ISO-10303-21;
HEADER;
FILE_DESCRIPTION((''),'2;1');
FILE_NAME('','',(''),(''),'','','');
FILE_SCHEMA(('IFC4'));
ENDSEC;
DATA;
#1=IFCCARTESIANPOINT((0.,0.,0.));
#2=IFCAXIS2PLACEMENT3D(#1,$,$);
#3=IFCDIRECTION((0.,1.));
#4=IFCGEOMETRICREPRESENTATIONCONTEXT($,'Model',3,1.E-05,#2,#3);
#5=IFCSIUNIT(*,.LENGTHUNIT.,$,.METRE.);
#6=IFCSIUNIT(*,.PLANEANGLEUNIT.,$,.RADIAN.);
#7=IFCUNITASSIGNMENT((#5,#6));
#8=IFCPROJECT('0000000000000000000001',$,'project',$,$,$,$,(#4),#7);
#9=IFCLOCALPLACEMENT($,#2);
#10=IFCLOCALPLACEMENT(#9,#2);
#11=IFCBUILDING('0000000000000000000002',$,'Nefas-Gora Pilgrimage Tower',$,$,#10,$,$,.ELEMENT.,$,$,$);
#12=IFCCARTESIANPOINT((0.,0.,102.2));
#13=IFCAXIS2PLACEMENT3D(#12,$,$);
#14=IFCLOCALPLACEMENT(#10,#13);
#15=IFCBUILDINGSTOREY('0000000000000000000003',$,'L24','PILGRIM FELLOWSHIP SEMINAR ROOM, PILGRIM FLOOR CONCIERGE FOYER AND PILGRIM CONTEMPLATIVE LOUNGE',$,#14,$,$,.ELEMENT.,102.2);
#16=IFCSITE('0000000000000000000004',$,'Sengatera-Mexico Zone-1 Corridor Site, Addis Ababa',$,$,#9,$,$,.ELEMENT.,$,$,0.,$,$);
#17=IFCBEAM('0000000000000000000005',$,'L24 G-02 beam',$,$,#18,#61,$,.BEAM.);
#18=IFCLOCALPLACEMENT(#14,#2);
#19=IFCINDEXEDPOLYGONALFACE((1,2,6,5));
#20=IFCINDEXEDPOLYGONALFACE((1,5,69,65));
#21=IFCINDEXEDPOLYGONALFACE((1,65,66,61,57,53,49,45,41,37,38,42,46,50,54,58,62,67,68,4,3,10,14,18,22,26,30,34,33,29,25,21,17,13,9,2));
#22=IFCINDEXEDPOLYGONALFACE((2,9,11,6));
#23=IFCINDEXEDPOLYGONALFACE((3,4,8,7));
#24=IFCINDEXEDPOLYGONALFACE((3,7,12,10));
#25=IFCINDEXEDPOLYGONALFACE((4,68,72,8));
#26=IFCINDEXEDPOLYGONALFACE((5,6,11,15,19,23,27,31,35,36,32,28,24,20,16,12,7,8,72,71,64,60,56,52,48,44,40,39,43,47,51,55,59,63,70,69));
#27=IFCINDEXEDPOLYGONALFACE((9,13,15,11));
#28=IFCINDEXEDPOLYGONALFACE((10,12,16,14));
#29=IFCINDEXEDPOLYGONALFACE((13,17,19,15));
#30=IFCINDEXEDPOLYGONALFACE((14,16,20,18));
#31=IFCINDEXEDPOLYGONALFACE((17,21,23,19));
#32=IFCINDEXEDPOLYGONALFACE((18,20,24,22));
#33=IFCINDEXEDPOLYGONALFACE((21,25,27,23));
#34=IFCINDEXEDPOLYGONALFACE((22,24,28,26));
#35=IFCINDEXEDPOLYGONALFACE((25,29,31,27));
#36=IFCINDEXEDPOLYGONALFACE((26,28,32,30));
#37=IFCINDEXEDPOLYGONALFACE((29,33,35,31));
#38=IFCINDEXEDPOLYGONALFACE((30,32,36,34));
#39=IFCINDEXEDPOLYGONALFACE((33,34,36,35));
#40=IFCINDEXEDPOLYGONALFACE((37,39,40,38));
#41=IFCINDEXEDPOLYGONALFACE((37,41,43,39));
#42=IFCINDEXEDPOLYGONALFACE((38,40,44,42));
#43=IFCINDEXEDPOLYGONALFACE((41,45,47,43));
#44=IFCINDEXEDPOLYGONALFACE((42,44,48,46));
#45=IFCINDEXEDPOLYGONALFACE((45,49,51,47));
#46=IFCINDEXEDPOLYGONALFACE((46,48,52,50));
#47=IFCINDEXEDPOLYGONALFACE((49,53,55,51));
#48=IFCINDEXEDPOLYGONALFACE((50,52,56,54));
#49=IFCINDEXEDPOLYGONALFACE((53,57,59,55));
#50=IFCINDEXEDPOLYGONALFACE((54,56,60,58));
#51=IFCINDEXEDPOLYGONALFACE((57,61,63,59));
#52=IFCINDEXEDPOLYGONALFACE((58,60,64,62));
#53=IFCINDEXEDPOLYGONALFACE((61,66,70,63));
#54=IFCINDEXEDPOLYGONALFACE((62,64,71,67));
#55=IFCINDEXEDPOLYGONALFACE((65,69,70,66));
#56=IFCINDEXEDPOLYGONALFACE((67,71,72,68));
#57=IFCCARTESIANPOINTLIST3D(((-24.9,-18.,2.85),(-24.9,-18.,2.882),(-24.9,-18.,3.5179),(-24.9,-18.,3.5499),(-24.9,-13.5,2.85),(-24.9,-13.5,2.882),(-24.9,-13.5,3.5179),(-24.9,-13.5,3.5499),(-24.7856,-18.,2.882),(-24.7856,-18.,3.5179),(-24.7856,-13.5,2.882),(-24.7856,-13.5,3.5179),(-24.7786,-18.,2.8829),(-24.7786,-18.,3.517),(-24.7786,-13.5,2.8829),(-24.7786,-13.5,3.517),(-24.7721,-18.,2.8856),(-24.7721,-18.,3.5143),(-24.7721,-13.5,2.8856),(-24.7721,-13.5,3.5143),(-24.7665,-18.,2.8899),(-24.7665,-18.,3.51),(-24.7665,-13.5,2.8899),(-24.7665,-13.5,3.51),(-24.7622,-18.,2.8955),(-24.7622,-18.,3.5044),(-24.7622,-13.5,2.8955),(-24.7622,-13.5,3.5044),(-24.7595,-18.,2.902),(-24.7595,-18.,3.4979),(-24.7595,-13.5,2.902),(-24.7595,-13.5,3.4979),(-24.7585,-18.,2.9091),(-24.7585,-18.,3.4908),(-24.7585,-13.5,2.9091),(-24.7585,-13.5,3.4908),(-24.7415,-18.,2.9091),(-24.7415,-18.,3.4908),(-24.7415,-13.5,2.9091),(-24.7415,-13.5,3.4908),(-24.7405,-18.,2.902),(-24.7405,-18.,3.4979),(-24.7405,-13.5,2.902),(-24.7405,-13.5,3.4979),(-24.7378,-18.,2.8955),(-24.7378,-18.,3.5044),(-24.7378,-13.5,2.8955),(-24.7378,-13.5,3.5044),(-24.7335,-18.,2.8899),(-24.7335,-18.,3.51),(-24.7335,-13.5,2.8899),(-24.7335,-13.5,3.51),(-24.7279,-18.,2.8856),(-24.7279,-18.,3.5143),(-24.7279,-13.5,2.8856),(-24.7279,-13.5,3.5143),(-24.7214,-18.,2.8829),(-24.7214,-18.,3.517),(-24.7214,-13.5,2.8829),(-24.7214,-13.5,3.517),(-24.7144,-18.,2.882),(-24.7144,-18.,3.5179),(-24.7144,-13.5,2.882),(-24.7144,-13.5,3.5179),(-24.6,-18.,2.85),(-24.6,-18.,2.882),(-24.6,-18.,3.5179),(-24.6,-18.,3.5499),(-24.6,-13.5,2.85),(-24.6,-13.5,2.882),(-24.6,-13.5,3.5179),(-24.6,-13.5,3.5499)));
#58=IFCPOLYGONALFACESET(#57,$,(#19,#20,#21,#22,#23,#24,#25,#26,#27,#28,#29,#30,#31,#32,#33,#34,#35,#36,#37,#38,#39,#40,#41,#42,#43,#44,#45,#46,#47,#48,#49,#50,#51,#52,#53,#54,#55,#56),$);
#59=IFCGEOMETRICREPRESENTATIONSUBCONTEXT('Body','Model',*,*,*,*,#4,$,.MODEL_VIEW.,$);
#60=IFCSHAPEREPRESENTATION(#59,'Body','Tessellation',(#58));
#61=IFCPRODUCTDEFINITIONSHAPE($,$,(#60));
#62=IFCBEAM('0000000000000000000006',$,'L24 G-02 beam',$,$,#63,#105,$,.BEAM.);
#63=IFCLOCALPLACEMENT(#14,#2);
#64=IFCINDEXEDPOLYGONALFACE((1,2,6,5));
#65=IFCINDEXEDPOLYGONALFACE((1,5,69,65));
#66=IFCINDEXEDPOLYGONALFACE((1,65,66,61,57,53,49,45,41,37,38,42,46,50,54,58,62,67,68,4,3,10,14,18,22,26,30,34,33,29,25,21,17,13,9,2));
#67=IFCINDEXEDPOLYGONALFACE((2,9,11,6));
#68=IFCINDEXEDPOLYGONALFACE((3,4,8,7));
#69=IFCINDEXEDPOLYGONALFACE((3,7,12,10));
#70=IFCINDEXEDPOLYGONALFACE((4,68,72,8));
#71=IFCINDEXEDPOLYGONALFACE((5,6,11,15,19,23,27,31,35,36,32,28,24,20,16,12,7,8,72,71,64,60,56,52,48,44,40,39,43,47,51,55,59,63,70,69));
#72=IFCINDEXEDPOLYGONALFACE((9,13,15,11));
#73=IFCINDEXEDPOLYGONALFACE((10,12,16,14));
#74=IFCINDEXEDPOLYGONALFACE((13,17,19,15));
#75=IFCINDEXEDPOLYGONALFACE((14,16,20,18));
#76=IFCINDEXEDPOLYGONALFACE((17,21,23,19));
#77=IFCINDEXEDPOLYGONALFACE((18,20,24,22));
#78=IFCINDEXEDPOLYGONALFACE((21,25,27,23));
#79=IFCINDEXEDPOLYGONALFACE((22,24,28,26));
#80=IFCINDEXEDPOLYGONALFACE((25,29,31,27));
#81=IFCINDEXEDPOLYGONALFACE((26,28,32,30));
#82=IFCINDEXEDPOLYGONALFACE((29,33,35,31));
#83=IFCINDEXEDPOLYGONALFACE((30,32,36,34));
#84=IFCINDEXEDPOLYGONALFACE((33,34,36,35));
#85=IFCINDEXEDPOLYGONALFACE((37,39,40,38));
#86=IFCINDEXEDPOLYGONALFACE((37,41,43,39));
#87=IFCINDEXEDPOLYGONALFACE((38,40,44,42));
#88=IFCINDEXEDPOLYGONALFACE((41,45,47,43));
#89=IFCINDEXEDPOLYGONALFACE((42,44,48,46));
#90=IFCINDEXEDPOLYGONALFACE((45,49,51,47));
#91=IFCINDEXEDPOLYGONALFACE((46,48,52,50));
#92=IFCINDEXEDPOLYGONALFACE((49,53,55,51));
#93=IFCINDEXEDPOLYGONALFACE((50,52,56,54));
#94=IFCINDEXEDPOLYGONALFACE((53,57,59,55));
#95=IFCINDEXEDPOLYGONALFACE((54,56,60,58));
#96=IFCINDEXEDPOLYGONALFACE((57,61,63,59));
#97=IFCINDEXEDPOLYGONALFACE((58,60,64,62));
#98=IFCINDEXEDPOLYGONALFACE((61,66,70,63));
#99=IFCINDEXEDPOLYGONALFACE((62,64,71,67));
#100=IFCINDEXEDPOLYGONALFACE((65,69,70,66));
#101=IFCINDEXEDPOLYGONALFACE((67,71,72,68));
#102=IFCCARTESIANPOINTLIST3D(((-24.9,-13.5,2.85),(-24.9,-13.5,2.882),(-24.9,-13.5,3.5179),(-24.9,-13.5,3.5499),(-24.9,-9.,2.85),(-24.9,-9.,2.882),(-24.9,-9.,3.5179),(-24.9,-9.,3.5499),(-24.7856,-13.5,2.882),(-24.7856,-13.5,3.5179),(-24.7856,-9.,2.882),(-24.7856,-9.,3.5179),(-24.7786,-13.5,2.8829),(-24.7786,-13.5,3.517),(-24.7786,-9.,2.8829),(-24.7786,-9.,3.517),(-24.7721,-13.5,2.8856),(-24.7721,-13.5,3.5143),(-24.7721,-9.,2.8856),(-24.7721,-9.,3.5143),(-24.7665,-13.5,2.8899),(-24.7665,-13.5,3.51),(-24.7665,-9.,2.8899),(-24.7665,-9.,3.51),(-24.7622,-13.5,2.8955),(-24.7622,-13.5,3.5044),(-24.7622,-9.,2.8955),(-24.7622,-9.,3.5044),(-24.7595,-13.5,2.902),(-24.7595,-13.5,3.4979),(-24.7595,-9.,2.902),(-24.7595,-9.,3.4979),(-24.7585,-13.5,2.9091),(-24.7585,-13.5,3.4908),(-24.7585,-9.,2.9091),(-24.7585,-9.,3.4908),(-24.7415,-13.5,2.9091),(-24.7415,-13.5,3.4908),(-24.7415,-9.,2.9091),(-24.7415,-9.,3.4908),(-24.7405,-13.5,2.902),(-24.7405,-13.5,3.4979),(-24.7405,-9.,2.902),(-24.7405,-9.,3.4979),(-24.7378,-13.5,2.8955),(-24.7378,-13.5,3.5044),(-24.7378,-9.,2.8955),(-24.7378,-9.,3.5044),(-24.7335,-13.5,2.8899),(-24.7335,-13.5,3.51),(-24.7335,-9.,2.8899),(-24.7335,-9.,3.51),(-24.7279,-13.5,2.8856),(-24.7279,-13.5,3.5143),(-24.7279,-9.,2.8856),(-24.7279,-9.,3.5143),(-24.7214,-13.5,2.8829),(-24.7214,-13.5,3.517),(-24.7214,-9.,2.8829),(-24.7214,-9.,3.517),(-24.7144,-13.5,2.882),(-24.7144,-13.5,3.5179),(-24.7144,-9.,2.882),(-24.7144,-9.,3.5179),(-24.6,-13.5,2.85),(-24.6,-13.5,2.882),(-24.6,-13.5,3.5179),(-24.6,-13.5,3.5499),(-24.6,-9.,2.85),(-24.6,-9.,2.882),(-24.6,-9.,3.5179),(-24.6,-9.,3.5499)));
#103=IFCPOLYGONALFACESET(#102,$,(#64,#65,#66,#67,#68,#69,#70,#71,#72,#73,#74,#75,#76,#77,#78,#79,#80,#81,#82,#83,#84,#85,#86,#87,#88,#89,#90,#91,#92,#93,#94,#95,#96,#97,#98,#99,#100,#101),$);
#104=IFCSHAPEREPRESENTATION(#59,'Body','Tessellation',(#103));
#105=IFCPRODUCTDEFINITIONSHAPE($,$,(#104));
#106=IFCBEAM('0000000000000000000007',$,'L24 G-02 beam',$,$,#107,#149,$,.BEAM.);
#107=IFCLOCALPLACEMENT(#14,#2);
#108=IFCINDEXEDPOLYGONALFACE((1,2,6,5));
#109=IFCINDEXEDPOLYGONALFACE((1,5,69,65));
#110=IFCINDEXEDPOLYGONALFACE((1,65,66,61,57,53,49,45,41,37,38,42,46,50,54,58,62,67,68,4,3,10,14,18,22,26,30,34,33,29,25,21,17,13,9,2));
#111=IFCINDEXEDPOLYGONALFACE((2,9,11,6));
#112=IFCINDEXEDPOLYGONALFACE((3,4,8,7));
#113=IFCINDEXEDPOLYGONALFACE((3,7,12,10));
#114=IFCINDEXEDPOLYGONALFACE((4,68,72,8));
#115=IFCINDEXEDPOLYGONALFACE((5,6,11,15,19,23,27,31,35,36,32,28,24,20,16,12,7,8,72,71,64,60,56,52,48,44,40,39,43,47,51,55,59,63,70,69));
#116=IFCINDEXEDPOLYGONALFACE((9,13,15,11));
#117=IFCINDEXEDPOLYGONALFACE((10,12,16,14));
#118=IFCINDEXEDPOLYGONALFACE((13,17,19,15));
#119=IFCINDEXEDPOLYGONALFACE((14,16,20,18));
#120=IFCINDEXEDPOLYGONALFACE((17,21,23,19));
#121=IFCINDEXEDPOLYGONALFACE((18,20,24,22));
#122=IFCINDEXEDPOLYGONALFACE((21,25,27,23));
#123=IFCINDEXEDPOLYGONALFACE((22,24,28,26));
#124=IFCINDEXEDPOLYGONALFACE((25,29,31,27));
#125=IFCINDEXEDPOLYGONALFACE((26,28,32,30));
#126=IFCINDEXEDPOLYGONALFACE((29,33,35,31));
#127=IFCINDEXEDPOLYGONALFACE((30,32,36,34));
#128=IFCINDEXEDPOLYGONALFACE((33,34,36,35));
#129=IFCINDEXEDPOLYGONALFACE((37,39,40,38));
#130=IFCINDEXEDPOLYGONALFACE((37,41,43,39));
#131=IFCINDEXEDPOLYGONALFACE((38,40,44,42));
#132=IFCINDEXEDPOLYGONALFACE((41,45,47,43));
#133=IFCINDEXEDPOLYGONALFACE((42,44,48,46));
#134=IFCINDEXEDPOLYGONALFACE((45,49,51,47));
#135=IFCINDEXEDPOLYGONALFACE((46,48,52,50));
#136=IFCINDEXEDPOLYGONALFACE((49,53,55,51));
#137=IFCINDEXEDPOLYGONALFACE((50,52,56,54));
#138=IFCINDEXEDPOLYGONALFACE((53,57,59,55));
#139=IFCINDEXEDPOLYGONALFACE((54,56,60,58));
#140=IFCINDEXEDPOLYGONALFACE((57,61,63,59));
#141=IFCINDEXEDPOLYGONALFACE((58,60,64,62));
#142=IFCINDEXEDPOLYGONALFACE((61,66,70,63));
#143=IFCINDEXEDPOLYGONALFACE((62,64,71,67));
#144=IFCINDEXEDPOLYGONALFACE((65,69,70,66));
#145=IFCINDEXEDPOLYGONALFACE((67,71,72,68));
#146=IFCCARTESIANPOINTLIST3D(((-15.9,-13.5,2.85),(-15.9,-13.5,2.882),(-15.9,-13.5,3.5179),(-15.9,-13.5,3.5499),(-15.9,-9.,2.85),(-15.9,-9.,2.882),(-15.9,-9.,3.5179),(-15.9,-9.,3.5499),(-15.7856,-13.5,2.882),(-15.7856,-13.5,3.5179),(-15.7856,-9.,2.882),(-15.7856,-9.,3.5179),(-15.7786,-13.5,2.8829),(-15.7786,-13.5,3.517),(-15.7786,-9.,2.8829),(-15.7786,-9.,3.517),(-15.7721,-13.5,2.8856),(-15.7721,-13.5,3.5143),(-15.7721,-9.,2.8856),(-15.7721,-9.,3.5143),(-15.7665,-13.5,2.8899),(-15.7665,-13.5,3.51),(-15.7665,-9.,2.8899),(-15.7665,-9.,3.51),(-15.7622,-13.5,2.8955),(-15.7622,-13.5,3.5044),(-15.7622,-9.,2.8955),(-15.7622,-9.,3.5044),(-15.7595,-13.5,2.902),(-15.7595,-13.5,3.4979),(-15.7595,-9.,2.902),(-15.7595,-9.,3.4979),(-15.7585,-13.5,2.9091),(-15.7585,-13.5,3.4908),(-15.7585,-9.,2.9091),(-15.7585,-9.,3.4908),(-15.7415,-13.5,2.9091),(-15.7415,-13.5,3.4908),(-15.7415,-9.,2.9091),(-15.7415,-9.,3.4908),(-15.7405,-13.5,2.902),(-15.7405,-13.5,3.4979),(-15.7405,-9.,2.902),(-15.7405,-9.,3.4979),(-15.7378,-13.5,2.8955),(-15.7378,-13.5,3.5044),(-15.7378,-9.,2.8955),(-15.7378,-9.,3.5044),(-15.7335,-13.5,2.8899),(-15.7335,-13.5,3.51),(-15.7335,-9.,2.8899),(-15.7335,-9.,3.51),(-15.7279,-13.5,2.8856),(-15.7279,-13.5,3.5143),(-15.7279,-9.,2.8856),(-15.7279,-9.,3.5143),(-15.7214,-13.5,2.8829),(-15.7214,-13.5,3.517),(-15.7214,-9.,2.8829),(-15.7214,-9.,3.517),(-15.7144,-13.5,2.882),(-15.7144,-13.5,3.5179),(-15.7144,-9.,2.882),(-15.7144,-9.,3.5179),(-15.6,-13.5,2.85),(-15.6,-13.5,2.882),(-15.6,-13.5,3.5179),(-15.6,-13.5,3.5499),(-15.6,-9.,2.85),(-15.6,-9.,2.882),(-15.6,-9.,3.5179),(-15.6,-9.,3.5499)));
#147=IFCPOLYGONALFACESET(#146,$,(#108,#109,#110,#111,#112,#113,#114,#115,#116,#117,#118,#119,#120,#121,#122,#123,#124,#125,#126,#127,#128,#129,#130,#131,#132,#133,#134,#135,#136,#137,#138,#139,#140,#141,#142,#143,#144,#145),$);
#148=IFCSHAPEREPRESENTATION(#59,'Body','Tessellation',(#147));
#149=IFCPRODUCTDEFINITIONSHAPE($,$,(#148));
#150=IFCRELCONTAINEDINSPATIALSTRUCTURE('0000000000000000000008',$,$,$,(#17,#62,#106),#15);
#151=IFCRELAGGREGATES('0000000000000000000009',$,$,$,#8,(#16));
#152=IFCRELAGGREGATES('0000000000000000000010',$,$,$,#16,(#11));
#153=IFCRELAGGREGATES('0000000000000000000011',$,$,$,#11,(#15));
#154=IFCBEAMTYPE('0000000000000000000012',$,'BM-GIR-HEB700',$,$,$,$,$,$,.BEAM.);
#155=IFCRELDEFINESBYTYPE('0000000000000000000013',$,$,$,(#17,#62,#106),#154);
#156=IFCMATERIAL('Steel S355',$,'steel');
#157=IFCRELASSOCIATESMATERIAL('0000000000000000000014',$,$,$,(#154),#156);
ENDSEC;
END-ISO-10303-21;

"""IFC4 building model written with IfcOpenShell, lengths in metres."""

from ifc_helpers import new_model, si_unit, direction, frame, origin, origin_2d, place, context, subcontext, project, spatial, i_section, extrude, source, transform, mapped, material, material_profile, profile_set, type_object, element, save


model = new_model("IFC4")

# Units and contexts
model_context = context("Model", 3, precision=1e-05, world=origin(), true_north=direction((0.0, 1.0)))
body_context = subcontext(model_context, "Body", "Model", "MODEL_VIEW")
ifc_project = project(units=[si_unit("LENGTHUNIT", "METRE"), si_unit("PLANEANGLEUNIT", "RADIAN")], contexts=[model_context])

# Site, building, storey
site_placement = place(None, origin())
site = spatial("IfcSite", under=ifc_project, at=site_placement, Name="Sengatera-Mexico Zone-1 Corridor Site, Addis Ababa", CompositionType="ELEMENT", RefElevation=0.0)
building_placement = place(site_placement, origin())
building = spatial("IfcBuilding", under=site, at=building_placement, Name="Nefas-Gora Pilgrimage Tower", CompositionType="ELEMENT")
storey_placement = place(building_placement, frame((0.0, 0.0, 102.2)))
storey = spatial("IfcBuildingStorey", under=building, at=storey_placement, Name="L24", Description="PILGRIM FELLOWSHIP SEMINAR ROOM, PILGRIM FLOOR CONCIERGE FOYER AND PILGRIM CONTEMPLATIVE LOUNGE", CompositionType="ELEMENT", Elevation=102.2)

# Beams
ifc_material_1 = material(Name="Steel S355", Category="steel")
ifc_material_profile_1 = material_profile(ifc_material_1, i_section(OverallWidth=0.3, OverallDepth=0.7, WebThickness=0.0171, FlangeThickness=0.032, FilletRadius=0.0271, at=origin_2d()), Name="HEB 700")
ifc_profile_set_1 = profile_set([ifc_material_profile_1], Name="Steel S355")
beam_type_1 = type_object("IfcBeamType", Name="BM-GIR-HEB700", PredefinedType="BEAM", material=ifc_profile_set_1)
shared_shape_1 = source(origin(), body_context, "Body", "SweptSolid", [
    extrude(i_section(OverallWidth=0.3, OverallDepth=0.7, WebThickness=0.0171, FlangeThickness=0.032, FilletRadius=0.0271, at=origin_2d()), origin(), (0.0, 0.0, 1.0), 4.5),
])
for number, where, z_axis, x_axis, name in (
    (1, (-24.75, -18.0, 3.2), (0.0, 1.0, 0.0), (-1.0, 0.0, 0.0), "L24 G-02 beam"),
    (2, (-24.75, -13.5, 3.2), (0.0, 1.0, 0.0), (-1.0, 0.0, 0.0), "L24 G-02 beam"),
    (3, (-15.75, -13.5, 3.2), (0.0, 1.0, 0.0), (-1.0, 0.0, 0.0), "L24 G-02 beam"),
):
    element("IfcBeam", number, at=place(storey_placement, frame(where, z_axis=z_axis, x_axis=x_axis)), inside=storey, type_object=beam_type_1, Name=name, PredefinedType="BEAM", context=body_context, shape_type="MappedRepresentation", body=[
        mapped(shared_shape_1, transform((0.0, 0.0, 0.0), x_axis=(1.0, 0.0, 0.0), y_axis=(0.0, 1.0, 0.0), z_axis=(0.0, 0.0, 1.0), scale=1.0)),
    ])

save(model, "model.ifc")
